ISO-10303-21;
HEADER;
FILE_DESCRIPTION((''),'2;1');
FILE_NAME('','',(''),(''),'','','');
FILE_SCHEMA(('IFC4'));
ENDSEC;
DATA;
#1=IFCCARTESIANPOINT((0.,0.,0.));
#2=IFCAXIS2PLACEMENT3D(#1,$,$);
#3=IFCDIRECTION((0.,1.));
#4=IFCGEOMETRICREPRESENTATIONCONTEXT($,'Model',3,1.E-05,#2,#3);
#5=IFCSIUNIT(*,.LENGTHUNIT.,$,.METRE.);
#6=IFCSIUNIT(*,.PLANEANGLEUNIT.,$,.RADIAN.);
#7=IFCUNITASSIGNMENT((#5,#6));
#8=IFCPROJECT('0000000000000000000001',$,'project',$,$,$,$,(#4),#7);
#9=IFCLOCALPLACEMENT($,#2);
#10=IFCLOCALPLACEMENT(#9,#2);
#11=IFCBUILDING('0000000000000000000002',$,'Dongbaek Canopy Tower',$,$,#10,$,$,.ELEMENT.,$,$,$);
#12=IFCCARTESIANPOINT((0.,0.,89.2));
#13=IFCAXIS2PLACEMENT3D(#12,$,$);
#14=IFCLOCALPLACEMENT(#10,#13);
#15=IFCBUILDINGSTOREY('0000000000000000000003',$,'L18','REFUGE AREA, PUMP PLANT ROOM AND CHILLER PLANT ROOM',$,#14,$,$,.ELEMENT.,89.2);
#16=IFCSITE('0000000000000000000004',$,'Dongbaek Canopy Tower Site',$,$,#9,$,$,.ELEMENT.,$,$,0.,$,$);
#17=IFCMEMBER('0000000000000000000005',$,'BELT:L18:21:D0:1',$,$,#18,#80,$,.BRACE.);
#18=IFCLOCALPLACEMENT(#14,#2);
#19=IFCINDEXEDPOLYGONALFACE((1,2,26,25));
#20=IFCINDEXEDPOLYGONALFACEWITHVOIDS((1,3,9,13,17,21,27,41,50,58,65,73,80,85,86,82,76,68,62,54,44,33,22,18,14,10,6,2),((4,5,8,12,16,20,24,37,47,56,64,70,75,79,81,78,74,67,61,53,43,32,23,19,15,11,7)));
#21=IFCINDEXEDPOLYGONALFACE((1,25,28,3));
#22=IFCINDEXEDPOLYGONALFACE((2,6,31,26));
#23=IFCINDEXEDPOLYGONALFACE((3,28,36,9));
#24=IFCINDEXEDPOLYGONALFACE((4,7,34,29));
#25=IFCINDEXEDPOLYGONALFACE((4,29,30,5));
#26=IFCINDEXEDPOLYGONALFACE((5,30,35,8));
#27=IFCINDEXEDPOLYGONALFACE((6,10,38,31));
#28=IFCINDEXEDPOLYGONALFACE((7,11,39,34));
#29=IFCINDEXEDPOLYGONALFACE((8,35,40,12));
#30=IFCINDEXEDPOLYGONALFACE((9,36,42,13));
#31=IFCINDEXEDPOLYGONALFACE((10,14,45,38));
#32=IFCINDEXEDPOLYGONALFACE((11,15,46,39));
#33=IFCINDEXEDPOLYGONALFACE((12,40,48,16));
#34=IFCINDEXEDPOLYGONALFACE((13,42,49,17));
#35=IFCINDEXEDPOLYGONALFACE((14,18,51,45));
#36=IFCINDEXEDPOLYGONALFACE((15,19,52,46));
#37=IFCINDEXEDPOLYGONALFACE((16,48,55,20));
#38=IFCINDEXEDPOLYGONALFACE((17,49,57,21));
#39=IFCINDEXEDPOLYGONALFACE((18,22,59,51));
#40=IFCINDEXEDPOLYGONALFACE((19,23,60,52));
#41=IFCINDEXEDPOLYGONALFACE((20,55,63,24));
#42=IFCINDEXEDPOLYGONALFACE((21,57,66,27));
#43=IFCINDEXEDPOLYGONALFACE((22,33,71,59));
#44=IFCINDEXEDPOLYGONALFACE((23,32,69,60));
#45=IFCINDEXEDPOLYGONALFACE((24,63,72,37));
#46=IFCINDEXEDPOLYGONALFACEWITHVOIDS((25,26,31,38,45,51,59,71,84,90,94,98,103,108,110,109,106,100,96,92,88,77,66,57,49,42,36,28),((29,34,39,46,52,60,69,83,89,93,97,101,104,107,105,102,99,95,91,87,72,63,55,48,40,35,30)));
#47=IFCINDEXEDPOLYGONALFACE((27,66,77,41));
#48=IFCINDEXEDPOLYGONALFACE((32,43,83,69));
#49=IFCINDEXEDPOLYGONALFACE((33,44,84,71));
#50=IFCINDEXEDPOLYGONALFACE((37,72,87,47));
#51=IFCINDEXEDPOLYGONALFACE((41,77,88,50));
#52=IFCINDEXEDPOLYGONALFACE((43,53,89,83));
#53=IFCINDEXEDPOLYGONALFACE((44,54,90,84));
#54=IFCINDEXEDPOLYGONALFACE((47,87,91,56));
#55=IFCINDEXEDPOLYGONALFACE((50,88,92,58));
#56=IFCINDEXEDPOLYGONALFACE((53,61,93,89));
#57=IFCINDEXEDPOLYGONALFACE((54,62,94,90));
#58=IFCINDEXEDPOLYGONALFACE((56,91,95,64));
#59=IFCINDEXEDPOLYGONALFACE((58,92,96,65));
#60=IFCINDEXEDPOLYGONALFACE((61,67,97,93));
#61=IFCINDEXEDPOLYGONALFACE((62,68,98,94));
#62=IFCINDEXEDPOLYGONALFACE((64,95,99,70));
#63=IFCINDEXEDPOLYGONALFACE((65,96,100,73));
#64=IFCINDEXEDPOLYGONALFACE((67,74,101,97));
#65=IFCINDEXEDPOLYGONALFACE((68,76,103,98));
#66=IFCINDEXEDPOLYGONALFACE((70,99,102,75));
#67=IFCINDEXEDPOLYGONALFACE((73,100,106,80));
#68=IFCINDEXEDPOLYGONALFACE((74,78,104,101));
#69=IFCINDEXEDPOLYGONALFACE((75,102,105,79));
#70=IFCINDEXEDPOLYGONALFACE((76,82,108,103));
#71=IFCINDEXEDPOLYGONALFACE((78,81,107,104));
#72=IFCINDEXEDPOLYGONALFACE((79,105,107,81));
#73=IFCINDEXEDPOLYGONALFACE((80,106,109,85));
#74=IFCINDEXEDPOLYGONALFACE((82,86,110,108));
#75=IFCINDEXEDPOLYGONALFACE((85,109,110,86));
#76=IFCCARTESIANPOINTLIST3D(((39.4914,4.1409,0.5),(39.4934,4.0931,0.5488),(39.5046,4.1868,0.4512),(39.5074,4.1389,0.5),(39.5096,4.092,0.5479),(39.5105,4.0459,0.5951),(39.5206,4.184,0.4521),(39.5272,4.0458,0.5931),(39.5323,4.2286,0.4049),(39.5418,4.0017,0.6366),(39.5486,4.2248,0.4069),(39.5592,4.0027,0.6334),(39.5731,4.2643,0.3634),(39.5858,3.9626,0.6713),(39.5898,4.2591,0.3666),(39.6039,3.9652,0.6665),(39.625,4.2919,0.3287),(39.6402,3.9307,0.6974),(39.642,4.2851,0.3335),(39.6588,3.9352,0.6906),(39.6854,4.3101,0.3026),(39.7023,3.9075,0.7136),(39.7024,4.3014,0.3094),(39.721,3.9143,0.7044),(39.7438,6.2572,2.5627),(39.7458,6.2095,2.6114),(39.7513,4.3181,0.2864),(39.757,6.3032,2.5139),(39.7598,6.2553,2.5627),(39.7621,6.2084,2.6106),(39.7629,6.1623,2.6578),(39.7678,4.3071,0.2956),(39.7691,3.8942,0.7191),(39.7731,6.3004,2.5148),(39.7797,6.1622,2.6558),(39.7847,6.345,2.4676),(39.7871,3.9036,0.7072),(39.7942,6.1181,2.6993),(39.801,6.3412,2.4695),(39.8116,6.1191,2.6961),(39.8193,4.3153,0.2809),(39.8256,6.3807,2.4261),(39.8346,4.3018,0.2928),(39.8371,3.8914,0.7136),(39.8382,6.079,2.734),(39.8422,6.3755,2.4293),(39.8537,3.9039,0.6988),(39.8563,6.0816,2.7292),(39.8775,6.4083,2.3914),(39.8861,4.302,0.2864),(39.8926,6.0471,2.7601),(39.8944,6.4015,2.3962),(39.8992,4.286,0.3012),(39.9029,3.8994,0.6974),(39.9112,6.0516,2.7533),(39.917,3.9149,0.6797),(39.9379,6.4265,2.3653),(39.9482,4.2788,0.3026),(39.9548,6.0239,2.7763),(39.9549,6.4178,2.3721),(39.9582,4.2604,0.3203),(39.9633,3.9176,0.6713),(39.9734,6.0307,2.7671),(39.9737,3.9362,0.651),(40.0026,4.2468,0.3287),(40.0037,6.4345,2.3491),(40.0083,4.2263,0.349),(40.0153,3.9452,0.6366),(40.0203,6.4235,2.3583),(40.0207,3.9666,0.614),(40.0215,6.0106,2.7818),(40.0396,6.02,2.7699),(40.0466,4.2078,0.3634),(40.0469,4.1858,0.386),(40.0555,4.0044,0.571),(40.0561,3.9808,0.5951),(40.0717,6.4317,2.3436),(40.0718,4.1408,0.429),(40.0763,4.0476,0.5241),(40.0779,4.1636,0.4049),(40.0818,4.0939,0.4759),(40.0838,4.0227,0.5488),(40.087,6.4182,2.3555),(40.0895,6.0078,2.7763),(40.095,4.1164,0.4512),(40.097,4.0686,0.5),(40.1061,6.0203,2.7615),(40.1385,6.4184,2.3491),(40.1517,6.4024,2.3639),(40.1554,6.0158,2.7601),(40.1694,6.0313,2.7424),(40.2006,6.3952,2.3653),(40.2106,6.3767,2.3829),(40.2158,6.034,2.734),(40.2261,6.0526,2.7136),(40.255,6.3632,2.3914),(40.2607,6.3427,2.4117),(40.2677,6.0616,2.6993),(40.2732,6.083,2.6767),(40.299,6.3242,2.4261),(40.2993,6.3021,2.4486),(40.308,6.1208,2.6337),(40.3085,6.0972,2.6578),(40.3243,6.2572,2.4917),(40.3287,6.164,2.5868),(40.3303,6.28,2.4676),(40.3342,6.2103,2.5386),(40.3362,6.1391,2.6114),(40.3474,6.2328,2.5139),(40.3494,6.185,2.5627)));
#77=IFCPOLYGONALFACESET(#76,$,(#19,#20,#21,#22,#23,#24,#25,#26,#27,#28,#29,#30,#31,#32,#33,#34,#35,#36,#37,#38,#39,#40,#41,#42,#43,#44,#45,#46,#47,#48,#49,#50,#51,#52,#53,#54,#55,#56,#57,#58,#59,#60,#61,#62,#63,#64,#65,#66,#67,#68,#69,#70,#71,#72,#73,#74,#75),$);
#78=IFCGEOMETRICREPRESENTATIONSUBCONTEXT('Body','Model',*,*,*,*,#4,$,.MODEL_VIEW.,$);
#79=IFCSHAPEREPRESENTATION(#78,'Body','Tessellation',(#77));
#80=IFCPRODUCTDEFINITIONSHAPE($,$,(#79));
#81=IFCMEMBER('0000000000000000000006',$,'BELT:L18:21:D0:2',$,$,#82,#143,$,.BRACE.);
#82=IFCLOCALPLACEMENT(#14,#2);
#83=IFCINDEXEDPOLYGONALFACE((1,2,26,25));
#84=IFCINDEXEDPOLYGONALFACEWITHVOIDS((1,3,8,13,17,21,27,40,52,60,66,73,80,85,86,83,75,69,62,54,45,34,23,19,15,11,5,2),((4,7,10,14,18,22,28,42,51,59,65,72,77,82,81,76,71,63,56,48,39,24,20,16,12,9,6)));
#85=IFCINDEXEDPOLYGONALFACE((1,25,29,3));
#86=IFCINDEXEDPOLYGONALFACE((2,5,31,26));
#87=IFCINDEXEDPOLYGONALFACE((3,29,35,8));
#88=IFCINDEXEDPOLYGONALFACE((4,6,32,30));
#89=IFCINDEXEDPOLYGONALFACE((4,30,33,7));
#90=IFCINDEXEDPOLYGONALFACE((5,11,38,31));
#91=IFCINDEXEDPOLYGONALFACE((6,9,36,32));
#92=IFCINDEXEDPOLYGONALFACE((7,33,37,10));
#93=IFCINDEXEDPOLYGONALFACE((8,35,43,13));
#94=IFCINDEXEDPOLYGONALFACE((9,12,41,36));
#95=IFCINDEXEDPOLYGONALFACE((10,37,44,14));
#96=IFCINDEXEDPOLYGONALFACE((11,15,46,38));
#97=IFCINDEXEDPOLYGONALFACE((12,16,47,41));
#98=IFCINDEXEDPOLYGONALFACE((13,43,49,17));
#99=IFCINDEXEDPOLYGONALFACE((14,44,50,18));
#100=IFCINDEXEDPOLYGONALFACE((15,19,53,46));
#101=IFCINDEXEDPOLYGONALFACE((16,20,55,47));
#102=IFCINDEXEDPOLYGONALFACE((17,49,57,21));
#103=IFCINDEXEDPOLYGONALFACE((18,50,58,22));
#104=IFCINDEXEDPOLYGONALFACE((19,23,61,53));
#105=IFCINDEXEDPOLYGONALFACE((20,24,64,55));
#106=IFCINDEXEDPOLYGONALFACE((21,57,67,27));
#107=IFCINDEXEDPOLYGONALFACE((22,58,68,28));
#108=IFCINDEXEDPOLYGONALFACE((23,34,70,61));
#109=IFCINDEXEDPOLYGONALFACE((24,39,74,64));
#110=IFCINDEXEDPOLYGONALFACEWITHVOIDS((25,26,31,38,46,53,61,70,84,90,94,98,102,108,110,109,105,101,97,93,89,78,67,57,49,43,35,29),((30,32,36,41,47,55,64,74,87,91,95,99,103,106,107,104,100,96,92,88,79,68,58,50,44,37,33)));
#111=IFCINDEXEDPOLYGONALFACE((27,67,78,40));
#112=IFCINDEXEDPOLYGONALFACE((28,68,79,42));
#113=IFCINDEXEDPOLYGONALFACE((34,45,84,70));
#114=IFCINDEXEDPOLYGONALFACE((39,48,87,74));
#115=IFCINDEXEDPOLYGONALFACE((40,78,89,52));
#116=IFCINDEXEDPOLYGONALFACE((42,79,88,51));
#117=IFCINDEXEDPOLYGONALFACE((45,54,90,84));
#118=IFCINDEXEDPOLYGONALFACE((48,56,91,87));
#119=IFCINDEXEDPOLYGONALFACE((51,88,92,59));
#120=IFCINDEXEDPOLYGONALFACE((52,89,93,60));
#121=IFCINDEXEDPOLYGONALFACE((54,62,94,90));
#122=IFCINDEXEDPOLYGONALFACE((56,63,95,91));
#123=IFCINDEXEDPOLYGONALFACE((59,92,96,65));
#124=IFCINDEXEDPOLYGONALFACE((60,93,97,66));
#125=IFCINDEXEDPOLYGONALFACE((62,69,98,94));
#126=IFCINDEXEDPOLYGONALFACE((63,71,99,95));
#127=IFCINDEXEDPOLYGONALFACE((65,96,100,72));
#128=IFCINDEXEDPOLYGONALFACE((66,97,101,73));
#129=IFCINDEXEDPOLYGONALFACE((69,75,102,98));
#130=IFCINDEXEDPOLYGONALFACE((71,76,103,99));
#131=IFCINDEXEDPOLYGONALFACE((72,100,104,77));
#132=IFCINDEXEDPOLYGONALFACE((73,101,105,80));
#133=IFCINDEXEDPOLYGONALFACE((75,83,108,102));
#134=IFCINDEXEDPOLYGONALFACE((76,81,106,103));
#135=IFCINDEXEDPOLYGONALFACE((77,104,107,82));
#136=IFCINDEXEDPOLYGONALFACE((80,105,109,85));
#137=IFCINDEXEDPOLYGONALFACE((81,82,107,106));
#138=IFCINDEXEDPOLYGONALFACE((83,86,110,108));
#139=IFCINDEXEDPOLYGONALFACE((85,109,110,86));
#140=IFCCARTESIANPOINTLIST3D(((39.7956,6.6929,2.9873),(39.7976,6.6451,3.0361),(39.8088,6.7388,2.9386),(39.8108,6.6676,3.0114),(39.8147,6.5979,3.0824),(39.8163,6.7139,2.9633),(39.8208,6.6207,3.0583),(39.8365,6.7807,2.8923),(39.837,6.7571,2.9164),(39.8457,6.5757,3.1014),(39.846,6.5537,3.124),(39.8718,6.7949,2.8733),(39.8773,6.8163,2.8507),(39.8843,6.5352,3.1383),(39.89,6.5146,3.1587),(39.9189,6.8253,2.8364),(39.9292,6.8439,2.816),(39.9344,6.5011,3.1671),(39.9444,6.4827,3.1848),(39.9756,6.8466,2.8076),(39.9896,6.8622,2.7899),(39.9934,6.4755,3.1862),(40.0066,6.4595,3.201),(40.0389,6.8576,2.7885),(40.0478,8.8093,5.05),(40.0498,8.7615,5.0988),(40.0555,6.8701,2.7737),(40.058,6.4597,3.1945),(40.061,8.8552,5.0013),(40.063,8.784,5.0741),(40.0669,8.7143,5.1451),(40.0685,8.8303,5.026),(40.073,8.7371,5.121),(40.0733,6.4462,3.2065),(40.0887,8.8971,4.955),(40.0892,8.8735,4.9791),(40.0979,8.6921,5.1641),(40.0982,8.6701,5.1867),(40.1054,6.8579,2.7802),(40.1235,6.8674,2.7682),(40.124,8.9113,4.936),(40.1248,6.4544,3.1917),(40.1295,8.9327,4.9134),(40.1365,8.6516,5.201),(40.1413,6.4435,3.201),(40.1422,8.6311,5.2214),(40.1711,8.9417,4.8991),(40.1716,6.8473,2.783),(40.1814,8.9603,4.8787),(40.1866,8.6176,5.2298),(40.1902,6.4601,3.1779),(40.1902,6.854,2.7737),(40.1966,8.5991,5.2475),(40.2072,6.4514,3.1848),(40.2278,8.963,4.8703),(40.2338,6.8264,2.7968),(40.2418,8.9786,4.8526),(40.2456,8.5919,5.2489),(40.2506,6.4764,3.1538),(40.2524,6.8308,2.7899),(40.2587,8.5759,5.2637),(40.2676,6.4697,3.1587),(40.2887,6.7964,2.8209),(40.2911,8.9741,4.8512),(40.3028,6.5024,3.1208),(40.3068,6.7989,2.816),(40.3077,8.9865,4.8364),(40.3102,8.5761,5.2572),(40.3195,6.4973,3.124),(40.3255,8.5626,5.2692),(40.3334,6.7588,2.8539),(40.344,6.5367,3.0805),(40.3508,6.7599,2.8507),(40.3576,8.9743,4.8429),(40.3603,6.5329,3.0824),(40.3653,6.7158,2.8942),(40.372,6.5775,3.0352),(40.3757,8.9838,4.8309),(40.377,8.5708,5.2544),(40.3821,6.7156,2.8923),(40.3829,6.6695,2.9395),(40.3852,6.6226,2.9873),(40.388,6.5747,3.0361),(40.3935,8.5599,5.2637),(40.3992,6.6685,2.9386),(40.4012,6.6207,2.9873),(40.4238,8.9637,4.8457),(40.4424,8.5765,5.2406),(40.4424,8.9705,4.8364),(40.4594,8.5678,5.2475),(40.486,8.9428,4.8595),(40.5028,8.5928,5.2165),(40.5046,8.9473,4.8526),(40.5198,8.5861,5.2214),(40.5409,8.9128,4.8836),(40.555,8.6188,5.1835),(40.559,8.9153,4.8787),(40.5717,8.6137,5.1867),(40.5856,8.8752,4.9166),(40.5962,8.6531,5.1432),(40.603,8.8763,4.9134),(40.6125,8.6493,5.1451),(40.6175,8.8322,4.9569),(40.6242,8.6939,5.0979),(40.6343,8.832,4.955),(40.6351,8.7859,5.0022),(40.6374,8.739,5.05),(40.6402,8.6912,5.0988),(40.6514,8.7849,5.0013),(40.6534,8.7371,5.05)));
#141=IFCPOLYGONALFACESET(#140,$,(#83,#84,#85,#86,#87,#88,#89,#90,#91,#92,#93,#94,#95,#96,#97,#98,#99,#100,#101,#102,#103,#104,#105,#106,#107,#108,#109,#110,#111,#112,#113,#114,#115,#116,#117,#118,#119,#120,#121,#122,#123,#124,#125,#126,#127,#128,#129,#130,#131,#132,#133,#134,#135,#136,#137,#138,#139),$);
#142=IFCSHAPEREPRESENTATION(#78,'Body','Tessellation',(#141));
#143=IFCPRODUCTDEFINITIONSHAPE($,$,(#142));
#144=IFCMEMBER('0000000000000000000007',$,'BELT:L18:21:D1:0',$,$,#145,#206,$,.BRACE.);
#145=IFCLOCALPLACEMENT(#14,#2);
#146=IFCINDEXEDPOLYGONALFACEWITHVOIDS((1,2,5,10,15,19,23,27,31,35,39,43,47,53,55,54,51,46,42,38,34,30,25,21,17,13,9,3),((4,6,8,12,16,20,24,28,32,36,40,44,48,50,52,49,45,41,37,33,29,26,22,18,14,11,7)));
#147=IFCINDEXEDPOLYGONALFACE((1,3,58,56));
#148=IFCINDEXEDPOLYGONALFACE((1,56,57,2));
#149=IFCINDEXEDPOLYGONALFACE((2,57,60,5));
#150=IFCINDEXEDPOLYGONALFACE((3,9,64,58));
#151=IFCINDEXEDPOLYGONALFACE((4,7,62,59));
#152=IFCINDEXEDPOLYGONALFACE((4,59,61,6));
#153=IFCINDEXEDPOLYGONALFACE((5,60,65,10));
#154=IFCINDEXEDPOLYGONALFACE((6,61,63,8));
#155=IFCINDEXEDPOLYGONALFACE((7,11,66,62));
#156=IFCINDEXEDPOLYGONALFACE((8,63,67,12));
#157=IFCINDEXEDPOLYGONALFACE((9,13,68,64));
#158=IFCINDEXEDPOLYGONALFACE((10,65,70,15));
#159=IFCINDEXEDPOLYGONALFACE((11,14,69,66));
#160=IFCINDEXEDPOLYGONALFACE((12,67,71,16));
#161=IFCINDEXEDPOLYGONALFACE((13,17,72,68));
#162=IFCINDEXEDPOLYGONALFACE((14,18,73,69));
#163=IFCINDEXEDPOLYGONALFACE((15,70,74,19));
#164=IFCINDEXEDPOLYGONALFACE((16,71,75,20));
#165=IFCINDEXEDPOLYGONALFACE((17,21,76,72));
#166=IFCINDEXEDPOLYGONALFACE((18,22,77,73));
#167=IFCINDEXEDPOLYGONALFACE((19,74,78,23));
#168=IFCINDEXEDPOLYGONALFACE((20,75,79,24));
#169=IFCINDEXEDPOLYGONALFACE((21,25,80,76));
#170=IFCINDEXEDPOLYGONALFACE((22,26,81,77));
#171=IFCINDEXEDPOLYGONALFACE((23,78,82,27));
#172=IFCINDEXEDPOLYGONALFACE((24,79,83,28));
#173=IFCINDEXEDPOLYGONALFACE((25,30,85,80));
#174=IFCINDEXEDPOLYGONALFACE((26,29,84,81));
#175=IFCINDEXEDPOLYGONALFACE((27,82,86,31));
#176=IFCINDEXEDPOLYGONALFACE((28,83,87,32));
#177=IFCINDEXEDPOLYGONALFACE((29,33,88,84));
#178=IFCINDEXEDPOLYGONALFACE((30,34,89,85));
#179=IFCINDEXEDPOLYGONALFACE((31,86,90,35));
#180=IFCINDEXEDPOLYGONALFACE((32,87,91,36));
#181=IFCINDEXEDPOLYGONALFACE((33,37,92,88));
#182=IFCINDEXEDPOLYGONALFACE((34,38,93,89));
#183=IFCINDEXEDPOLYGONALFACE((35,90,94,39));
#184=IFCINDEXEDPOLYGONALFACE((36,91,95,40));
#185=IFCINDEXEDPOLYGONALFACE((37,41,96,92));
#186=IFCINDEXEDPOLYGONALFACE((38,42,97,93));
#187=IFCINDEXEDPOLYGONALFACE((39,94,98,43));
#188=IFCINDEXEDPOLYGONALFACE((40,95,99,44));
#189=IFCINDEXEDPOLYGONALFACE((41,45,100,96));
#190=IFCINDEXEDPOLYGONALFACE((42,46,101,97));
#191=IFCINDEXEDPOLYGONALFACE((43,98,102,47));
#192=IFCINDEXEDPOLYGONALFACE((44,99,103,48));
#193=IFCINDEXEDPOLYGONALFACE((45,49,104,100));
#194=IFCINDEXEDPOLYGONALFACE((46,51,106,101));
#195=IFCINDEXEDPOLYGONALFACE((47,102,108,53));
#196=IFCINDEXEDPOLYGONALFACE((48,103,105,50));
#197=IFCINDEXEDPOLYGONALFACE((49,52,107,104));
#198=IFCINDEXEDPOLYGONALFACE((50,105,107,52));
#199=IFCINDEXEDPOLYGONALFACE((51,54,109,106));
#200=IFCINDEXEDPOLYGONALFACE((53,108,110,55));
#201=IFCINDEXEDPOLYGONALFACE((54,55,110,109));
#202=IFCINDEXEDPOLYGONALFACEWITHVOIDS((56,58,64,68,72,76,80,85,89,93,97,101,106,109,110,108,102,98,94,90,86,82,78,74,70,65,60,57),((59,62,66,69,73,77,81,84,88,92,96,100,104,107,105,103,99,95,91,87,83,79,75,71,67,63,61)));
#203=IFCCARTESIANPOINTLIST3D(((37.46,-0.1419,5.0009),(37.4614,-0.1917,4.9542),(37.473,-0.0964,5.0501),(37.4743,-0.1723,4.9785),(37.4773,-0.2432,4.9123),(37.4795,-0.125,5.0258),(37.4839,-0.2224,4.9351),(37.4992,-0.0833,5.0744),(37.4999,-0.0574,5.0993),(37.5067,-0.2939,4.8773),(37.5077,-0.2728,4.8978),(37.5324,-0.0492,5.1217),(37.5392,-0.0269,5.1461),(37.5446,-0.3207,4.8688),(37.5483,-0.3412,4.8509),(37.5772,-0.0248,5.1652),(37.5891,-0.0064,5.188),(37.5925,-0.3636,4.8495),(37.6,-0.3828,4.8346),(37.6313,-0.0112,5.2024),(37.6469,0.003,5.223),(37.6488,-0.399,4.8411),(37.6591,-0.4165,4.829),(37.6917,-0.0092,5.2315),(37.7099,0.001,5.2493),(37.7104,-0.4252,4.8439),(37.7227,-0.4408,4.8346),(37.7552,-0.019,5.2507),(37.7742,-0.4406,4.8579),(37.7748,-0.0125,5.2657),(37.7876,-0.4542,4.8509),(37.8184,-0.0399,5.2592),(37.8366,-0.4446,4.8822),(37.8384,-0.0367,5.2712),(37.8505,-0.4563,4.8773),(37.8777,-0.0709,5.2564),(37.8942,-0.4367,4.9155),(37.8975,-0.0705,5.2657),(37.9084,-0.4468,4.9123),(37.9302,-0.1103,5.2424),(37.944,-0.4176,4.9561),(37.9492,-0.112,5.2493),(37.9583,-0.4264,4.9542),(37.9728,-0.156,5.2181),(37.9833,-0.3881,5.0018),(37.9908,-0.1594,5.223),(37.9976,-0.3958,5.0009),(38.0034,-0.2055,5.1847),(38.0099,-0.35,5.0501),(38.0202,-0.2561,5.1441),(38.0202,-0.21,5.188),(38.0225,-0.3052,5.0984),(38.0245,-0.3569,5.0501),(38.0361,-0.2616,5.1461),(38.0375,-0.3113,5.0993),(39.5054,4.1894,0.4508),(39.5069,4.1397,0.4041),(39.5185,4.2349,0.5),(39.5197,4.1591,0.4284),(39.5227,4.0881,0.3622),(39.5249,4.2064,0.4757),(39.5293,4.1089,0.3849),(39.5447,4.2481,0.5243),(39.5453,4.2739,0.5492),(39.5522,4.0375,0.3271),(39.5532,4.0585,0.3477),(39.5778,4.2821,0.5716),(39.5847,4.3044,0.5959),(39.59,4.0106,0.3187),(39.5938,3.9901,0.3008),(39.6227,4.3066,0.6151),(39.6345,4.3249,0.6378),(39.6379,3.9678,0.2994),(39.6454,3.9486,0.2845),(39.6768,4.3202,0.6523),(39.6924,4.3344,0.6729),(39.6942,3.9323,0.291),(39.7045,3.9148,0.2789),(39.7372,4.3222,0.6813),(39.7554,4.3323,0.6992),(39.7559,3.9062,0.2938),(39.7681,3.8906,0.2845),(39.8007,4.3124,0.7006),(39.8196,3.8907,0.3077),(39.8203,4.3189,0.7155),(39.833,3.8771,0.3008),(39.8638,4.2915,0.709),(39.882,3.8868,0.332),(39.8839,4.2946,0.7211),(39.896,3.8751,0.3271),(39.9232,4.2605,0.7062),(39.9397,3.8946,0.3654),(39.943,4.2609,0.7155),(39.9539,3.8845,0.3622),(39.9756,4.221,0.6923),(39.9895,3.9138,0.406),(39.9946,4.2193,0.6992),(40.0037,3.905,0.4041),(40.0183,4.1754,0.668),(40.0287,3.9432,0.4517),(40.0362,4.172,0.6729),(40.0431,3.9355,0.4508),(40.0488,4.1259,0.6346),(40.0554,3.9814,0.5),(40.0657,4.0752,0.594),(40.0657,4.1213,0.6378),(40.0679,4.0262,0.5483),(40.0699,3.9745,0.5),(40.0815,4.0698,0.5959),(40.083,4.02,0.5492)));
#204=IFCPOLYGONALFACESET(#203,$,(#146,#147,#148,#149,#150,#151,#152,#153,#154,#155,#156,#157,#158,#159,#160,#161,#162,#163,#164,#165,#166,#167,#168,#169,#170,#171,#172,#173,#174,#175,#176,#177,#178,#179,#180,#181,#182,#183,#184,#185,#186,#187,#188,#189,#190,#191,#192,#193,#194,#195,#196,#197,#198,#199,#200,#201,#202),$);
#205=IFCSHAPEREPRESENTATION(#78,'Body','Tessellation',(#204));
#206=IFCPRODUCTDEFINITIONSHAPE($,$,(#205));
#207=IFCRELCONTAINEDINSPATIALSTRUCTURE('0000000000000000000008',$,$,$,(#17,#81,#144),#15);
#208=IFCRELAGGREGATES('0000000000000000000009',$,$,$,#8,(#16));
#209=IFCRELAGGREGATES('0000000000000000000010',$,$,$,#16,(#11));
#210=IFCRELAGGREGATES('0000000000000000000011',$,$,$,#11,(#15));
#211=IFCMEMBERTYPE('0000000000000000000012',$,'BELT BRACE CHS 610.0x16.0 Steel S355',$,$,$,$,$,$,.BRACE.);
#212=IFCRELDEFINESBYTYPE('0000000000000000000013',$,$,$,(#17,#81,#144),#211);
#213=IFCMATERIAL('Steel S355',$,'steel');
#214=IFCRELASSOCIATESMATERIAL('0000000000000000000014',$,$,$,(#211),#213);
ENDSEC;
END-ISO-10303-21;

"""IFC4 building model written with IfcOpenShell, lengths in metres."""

from ifc_helpers import new_model, si_unit, direction, frame, origin, origin_2d, place, context, subcontext, project, spatial, hollow_circle, extrude, material, material_profile, profile_set, type_object, element, save


model = new_model("IFC4")

# Units and contexts
model_context = context("Model", 3, precision=1e-05, world=origin(), true_north=direction((0.0, 1.0)))
body_context = subcontext(model_context, "Body", "Model", "MODEL_VIEW")
ifc_project = project(units=[si_unit("LENGTHUNIT", "METRE"), si_unit("PLANEANGLEUNIT", "RADIAN")], contexts=[model_context])

# Site, building, storey
site_placement = place(None, origin())
site = spatial("IfcSite", under=ifc_project, at=site_placement, Name="Dongbaek Canopy Tower Site", CompositionType="ELEMENT", RefElevation=0.0)
building_placement = place(site_placement, origin())
building = spatial("IfcBuilding", under=site, at=building_placement, Name="Dongbaek Canopy Tower", CompositionType="ELEMENT")
storey_placement = place(building_placement, frame((0.0, 0.0, 89.2)))
storey = spatial("IfcBuildingStorey", under=building, at=storey_placement, Name="L18", Description="REFUGE AREA, PUMP PLANT ROOM AND CHILLER PLANT ROOM", CompositionType="ELEMENT", Elevation=89.2)

# Members
ifc_material_1 = material(Name="Steel S355", Category="steel")
ifc_material_profile_1 = material_profile(ifc_material_1, hollow_circle(Radius=0.3049, WallThickness=0.0161, at=origin_2d()), Name="BELT BRACE CHS 610.0x16.0 Steel S355")
ifc_profile_set_1 = profile_set([ifc_material_profile_1], Name="Steel S355")
member_type_1 = type_object("IfcMemberType", Name="BELT BRACE CHS 610.0x16.0 Steel S355", PredefinedType="BRACE", material=ifc_profile_set_1)
for number, where, z_axis, x_axis, name in (
    (1, (39.7942, 4.1047, 0.5), (0.085108, 0.713537, 0.695429), (-0.992962, 0.118436, 0.0), "BELT:L18:21:D0:1"),
    (2, (40.3506, 8.7732, 5.05), (-0.085026, -0.713542, -0.695434), (0.992975, -0.118323, 0.0), "BELT:L18:21:D0:2"),
):
    element("IfcMember", number, at=place(storey_placement, frame(where, z_axis=z_axis, x_axis=x_axis)), inside=storey, type_object=member_type_1, Name=name, PredefinedType="BRACE", context=body_context, shape_type="SweptSolid", body=[
        extrude(hollow_circle(Radius=0.3049, WallThickness=0.0161, at=origin_2d()), origin(), (0.0, 0.0, 1.0), 2.9661),
    ])
member_1_placement = place(storey_placement, frame((39.7942, 4.1047, 0.5), z_axis=(-0.309602, -0.655605, 0.688716), x_axis=(0.904243, -0.427019, 0.0)))
element("IfcMember", 3, at=member_1_placement, inside=storey, type_object=member_type_1, Name="BELT:L18:21:D1:0", PredefinedType="BRACE", context=body_context, shape_type="SweptSolid", body=[
    extrude(hollow_circle(Radius=0.3049, WallThickness=0.0161, at=origin_2d()), origin(), (0.0, 0.0, 1.0), 6.6067),
])

save(model, "model.ifc")
